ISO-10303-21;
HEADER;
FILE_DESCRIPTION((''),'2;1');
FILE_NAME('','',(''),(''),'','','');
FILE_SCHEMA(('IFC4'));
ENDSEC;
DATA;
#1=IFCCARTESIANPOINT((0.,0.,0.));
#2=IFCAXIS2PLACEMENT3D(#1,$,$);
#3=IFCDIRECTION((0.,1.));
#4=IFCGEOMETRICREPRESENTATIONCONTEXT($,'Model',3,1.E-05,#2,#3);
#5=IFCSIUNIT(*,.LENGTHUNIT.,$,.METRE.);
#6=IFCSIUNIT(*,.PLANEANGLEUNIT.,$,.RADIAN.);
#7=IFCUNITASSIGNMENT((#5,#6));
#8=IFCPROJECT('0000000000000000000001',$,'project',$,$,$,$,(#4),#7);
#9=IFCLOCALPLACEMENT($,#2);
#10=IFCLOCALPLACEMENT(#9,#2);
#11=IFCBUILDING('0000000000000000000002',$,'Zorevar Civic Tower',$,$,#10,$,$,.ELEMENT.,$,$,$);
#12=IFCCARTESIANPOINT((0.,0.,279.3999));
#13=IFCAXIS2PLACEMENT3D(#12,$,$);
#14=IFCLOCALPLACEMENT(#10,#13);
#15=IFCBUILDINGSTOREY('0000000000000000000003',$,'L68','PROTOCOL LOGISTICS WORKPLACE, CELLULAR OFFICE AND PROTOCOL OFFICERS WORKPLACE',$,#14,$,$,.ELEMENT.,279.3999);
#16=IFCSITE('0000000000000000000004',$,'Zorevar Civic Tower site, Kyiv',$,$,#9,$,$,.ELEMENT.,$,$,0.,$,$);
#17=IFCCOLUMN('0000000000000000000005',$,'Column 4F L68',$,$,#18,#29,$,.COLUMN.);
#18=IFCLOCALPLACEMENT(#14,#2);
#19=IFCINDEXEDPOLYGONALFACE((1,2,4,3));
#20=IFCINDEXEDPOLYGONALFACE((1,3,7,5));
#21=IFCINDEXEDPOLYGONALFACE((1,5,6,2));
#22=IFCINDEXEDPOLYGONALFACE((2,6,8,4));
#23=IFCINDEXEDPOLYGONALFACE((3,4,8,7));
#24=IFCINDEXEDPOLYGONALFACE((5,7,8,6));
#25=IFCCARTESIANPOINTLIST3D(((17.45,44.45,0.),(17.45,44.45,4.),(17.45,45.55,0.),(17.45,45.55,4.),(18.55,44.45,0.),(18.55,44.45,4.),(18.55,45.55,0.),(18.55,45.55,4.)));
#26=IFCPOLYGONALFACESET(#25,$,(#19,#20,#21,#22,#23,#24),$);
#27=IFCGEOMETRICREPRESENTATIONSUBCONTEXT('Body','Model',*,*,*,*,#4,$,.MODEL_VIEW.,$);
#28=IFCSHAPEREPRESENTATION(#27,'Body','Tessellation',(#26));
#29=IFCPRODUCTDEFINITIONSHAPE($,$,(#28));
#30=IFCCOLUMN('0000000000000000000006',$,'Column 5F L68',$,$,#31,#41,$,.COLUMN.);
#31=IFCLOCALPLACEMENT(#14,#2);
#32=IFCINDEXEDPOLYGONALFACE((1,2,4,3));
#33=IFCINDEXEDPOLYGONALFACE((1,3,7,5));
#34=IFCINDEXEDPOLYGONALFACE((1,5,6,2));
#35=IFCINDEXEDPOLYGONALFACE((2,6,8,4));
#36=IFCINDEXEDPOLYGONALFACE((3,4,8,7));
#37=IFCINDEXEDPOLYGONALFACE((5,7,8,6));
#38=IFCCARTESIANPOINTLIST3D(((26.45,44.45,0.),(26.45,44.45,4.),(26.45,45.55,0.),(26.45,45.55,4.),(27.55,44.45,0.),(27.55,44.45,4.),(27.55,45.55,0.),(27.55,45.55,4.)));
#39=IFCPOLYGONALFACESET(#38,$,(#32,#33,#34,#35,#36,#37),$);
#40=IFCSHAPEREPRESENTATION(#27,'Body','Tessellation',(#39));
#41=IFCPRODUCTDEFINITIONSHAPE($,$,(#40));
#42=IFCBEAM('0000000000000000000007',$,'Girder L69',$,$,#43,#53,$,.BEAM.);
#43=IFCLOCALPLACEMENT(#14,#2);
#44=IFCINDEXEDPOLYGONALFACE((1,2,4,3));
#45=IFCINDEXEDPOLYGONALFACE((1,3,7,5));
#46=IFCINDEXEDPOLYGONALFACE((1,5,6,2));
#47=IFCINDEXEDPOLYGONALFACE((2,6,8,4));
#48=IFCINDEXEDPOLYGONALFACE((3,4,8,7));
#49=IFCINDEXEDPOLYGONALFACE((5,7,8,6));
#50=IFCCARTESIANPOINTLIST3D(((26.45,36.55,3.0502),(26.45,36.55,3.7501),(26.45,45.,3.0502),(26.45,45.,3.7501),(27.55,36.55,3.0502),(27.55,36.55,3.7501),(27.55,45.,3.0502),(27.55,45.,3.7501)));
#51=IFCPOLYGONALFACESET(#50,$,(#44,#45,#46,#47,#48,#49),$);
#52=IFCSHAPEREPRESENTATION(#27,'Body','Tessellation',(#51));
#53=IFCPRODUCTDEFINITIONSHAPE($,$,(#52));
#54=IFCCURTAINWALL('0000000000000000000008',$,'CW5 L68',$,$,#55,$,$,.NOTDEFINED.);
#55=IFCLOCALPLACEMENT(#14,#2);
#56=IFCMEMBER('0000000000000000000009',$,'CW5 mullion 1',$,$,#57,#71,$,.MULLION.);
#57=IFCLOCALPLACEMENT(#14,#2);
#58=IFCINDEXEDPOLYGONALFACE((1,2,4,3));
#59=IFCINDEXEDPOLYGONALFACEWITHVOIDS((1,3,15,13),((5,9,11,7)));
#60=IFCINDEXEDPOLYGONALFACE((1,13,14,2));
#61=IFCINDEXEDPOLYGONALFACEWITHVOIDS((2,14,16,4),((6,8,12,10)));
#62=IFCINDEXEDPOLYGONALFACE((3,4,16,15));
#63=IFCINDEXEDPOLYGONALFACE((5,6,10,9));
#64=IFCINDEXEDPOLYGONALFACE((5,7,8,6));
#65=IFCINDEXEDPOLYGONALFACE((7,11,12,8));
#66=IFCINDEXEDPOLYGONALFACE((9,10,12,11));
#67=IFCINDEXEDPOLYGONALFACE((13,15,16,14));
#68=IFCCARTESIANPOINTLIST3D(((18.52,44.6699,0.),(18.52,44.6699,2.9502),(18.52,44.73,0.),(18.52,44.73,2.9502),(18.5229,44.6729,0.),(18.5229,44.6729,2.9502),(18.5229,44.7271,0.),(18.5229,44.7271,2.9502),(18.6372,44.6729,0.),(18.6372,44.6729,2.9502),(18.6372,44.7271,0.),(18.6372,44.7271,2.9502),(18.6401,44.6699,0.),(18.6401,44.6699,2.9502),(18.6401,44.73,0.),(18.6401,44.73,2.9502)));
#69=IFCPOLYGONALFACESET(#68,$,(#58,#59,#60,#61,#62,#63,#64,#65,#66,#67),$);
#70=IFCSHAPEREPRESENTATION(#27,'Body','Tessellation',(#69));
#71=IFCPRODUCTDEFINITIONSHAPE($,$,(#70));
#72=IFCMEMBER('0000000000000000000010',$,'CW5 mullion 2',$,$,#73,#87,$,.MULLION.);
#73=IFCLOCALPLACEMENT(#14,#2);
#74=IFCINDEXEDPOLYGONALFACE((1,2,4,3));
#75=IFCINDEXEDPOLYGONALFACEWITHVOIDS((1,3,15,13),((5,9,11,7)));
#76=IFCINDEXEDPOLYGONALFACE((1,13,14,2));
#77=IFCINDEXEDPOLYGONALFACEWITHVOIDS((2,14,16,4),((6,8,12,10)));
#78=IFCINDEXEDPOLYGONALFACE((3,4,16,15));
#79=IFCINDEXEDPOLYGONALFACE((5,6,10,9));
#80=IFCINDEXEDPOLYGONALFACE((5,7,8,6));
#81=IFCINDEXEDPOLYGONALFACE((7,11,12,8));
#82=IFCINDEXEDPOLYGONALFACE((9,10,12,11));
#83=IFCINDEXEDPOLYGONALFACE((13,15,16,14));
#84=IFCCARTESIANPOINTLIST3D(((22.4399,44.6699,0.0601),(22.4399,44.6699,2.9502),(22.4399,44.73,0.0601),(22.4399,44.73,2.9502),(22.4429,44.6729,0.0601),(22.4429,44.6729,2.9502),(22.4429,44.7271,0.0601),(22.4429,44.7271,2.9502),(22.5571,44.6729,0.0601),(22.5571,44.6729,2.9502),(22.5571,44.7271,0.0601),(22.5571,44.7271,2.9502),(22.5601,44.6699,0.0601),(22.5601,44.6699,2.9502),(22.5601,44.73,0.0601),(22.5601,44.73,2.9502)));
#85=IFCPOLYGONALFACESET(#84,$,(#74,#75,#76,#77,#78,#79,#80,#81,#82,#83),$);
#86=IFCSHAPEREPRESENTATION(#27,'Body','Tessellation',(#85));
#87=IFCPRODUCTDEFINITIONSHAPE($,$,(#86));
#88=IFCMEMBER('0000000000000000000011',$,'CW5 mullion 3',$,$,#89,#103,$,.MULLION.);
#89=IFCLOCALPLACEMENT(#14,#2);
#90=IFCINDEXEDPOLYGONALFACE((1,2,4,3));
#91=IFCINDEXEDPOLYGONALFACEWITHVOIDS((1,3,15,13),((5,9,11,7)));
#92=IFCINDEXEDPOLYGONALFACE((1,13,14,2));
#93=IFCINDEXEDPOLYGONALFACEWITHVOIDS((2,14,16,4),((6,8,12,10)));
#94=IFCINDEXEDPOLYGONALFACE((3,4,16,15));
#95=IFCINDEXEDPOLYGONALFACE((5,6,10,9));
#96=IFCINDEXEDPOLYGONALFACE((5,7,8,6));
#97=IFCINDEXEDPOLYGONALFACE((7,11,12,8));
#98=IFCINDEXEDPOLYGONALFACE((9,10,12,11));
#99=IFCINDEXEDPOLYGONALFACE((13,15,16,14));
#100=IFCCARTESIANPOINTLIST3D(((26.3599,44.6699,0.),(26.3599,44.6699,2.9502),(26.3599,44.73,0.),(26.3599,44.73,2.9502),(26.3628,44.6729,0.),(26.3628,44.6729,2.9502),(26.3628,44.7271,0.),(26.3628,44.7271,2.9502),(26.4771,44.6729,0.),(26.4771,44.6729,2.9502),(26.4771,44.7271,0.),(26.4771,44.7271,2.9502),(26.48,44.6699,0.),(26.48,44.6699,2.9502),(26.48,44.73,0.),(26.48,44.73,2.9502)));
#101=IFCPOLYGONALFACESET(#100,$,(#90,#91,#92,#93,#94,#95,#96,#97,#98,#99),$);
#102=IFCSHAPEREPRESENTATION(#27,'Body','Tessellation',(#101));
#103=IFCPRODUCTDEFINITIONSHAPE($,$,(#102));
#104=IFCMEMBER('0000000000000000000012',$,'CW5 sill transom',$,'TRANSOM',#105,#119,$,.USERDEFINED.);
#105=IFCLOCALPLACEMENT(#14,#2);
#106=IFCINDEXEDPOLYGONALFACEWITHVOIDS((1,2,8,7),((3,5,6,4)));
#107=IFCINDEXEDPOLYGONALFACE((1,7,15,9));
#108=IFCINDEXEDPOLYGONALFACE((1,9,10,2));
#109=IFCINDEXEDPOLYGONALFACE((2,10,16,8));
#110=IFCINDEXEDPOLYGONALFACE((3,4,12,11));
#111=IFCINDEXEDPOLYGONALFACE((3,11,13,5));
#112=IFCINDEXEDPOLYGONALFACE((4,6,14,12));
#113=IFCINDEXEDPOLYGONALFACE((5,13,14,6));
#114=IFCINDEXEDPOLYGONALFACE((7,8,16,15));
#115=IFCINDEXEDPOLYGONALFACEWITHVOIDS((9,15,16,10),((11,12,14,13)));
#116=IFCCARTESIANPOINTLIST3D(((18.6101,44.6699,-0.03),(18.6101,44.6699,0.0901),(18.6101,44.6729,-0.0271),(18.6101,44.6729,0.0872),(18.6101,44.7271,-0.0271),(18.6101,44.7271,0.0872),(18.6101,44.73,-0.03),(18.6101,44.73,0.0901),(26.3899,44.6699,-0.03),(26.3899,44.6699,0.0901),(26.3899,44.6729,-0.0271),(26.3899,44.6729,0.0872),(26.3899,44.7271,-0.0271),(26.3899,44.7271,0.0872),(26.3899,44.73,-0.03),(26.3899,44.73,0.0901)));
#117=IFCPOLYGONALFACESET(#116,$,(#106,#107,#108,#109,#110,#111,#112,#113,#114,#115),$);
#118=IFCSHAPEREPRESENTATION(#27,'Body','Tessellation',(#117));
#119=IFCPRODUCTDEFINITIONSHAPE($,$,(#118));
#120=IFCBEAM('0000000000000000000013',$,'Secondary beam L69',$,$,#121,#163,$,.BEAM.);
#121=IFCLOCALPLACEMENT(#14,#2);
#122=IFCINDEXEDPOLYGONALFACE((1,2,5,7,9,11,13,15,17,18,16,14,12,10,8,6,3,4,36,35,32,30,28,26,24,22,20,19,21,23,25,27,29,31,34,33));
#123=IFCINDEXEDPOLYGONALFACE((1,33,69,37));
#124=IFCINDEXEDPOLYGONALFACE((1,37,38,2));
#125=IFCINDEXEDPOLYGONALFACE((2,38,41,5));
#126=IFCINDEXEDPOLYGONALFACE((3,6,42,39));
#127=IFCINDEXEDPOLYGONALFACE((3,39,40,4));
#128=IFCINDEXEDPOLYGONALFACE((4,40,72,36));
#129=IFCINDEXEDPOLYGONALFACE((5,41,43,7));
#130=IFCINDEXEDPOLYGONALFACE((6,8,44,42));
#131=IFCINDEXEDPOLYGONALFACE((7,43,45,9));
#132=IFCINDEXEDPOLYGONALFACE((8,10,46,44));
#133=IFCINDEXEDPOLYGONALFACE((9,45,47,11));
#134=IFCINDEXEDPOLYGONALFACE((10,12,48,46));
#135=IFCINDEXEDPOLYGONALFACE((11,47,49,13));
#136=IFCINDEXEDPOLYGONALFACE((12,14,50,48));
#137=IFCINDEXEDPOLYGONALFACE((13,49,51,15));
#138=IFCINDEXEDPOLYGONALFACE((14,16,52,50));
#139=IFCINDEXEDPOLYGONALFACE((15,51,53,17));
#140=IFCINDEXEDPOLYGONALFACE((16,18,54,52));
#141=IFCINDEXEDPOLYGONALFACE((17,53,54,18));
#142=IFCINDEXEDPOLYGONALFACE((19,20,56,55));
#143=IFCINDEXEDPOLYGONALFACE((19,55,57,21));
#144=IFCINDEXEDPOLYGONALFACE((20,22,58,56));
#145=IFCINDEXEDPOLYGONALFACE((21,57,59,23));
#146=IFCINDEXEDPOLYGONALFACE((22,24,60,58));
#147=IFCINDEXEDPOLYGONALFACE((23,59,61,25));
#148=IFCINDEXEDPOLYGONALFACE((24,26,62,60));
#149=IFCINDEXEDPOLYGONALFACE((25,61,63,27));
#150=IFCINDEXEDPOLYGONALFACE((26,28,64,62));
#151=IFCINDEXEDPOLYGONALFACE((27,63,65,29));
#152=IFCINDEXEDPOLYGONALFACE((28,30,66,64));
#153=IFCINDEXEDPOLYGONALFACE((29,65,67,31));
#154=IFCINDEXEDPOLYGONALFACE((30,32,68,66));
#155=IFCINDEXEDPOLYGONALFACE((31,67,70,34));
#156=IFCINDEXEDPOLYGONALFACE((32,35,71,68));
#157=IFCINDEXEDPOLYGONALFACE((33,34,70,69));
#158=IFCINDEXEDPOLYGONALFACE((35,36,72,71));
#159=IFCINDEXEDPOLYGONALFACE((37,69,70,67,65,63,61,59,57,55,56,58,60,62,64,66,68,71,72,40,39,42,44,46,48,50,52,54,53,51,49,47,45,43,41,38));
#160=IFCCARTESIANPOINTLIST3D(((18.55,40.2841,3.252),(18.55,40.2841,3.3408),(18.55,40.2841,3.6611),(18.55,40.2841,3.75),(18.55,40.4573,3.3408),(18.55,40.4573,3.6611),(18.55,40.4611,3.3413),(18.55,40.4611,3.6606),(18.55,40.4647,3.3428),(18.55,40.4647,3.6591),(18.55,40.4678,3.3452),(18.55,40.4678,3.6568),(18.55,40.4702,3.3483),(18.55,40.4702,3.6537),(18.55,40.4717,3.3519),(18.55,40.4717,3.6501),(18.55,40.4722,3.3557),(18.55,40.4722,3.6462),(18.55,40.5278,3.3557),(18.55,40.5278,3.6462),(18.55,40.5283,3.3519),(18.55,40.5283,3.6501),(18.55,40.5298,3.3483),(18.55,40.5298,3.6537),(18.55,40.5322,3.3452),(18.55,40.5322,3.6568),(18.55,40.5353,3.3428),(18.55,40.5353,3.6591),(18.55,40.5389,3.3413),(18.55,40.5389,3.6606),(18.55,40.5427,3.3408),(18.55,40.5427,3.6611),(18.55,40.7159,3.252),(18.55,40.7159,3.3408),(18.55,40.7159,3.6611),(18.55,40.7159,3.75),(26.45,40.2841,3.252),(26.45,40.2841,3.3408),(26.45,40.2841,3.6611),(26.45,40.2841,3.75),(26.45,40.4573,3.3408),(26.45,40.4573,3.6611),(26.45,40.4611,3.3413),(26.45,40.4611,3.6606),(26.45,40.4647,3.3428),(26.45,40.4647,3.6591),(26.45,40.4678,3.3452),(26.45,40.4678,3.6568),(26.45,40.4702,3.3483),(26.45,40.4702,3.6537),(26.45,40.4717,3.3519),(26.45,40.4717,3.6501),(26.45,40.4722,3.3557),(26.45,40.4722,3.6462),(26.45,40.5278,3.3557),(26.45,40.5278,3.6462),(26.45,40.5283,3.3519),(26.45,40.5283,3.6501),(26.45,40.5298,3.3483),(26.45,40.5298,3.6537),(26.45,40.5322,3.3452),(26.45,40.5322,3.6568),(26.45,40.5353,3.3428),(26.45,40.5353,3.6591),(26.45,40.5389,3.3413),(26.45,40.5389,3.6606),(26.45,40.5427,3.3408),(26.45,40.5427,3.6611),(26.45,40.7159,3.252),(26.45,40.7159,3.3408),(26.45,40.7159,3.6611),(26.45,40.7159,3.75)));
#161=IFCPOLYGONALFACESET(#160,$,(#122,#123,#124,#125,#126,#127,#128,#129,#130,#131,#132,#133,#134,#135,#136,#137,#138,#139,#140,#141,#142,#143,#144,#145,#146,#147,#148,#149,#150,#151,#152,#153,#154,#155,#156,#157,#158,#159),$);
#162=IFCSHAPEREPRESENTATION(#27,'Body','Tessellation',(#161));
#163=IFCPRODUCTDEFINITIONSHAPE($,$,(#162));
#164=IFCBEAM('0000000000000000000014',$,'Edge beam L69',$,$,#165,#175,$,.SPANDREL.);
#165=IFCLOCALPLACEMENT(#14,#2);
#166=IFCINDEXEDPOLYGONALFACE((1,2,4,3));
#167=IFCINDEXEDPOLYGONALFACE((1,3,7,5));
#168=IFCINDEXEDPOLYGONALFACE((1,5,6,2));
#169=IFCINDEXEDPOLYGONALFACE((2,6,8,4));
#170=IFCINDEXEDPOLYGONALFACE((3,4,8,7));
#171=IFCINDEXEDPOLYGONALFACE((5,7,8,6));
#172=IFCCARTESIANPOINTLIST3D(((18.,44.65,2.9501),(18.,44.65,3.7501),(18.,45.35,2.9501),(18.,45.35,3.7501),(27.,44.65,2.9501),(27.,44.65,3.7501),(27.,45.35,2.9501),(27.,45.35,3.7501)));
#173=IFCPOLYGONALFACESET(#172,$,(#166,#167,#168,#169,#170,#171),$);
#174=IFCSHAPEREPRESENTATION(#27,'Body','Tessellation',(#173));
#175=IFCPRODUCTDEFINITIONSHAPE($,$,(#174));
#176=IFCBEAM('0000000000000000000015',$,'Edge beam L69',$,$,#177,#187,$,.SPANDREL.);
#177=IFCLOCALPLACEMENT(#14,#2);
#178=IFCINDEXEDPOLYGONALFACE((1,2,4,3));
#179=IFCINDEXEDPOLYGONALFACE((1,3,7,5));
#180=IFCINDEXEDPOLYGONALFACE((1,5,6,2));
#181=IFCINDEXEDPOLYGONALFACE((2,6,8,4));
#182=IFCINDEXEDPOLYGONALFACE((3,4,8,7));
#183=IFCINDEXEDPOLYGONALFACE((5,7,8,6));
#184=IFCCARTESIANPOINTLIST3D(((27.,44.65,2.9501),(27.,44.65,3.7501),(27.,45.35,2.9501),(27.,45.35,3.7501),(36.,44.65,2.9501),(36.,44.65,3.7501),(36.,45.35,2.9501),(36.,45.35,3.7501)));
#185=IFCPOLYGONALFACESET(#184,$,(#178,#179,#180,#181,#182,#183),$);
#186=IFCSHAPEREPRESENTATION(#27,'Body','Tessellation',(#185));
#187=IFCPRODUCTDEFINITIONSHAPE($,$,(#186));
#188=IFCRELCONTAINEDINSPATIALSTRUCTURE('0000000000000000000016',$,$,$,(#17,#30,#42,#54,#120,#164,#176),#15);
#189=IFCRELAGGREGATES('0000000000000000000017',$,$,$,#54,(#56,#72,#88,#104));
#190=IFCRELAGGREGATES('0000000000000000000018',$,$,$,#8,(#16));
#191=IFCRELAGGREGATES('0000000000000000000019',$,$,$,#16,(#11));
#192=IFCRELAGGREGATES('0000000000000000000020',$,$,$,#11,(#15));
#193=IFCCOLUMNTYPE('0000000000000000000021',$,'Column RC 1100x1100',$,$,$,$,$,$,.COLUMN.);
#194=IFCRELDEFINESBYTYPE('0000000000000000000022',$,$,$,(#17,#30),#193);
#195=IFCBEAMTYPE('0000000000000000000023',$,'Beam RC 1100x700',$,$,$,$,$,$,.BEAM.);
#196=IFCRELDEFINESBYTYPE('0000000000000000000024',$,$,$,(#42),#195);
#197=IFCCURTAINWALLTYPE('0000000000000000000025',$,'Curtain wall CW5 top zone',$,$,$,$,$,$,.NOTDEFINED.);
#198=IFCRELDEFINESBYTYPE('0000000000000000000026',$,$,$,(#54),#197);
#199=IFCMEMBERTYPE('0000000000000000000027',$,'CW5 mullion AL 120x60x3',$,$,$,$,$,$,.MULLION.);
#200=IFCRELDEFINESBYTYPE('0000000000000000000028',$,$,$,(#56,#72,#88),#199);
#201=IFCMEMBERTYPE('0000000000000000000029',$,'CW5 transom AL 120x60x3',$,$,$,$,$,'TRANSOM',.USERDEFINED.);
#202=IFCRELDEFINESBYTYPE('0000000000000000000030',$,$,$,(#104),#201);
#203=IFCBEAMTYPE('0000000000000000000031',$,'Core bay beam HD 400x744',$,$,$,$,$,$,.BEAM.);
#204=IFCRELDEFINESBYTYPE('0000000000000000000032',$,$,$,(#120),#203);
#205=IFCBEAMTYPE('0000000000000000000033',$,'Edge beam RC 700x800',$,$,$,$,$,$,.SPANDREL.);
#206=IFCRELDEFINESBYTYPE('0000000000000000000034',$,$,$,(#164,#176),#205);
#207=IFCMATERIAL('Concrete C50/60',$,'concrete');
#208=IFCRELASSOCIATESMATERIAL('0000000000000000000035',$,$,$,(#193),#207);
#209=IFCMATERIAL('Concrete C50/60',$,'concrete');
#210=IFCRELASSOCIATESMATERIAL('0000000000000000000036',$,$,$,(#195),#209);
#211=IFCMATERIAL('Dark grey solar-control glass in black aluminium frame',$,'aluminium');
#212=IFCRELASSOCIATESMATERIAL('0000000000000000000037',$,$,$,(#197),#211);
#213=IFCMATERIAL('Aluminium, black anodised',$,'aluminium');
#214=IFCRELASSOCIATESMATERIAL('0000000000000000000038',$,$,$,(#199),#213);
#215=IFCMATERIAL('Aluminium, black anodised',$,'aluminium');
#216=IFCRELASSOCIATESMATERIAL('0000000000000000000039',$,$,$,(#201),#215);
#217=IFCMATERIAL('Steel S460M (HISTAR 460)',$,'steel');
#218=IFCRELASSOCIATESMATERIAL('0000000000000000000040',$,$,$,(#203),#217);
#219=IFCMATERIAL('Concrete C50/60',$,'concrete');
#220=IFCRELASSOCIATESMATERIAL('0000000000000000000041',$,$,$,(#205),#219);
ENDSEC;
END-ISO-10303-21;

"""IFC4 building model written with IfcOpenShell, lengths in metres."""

from ifc_helpers import new_model, si_unit, direction, frame, origin, origin_2d, place, context, subcontext, project, spatial, rectangle, hollow_rectangle, i_section, extrude, material, material_profile, profile_set, type_object, element, aggregate, save


model = new_model("IFC4")

# Units and contexts
model_context = context("Model", 3, precision=1e-05, world=origin(), true_north=direction((0.0, 1.0)))
body_context = subcontext(model_context, "Body", "Model", "MODEL_VIEW")
ifc_project = project(units=[si_unit("LENGTHUNIT", "METRE"), si_unit("PLANEANGLEUNIT", "RADIAN")], contexts=[model_context])

# Site, building, storey
site_placement = place(None, origin())
site = spatial("IfcSite", under=ifc_project, at=site_placement, Name="Zorevar Civic Tower site, Kyiv", CompositionType="ELEMENT", RefElevation=0.0)
building_placement = place(site_placement, origin())
building = spatial("IfcBuilding", under=site, at=building_placement, Name="Zorevar Civic Tower", CompositionType="ELEMENT")
storey_placement = place(building_placement, frame((0.0, 0.0, 279.3999)))
storey = spatial("IfcBuildingStorey", under=building, at=storey_placement, Name="L68", Description="PROTOCOL LOGISTICS WORKPLACE, CELLULAR OFFICE AND PROTOCOL OFFICERS WORKPLACE", CompositionType="ELEMENT", Elevation=279.3999)

# Columns
ifc_material_1 = material(Name="Concrete C50/60", Category="concrete")
ifc_material_profile_1 = material_profile(ifc_material_1, rectangle(XDim=1.1001, YDim=1.1001, at=origin_2d()), Name="RC 1100x1100")
ifc_profile_set_1 = profile_set([ifc_material_profile_1], Name="Concrete C50/60")
column_type = type_object("IfcColumnType", Name="Column RC 1100x1100", PredefinedType="COLUMN", material=ifc_profile_set_1)
for number, where, z_axis, x_axis, name in (
    (1, (18.0, 45.0, 0.0), (0.0, 0.0, 1.0), (1.0, 0.0, 0.0), "Column 4F L68"),
    (2, (27.0, 45.0, 0.0), (0.0, 0.0, 1.0), (1.0, 0.0, 0.0), "Column 5F L68"),
):
    element("IfcColumn", number, at=place(storey_placement, frame(where, z_axis=z_axis, x_axis=x_axis)), inside=storey, type_object=column_type, Name=name, PredefinedType="COLUMN", context=body_context, shape_type="SweptSolid", body=[
        extrude(rectangle(XDim=1.1001, YDim=1.1001, at=origin_2d()), origin(), (0.0, 0.0, 1.0), 4.0),
    ])

# Beam
ifc_material_2 = material(Name="Concrete C50/60", Category="concrete")
ifc_material_profile_2 = material_profile(ifc_material_2, rectangle(XDim=1.1001, YDim=0.7, at=origin_2d()), Name="RC 1100x700")
ifc_profile_set_2 = profile_set([ifc_material_profile_2], Name="Concrete C50/60")
beam_type_1 = type_object("IfcBeamType", Name="Beam RC 1100x700", PredefinedType="BEAM", material=ifc_profile_set_2)
beam_1_placement = place(storey_placement, frame((27.0, 36.55, 3.4001), z_axis=(0.0, 1.0, 0.0), x_axis=(-1.0, 0.0, 0.0)))
element("IfcBeam", 3, at=beam_1_placement, inside=storey, type_object=beam_type_1, Name="Girder L69", PredefinedType="BEAM", context=body_context, shape_type="SweptSolid", body=[
    extrude(rectangle(XDim=1.1001, YDim=0.7, at=origin_2d()), origin(), (0.0, 0.0, 1.0), 8.45),
])

# Curtain wall, members
ifc_material_3 = material(Name="Dark grey solar-control glass in black aluminium frame", Category="aluminium")
curtain_wall_type = type_object("IfcCurtainWallType", Name="Curtain wall CW5 top zone", PredefinedType="NOTDEFINED", material=ifc_material_3)
curtain_wall_placement = place(storey_placement, origin())
curtain_wall = element("IfcCurtainWall", 4, at=curtain_wall_placement, inside=storey, type_object=curtain_wall_type, Name="CW5 L68", PredefinedType="NOTDEFINED")
ifc_material_4 = material(Name="Aluminium, black anodised", Category="aluminium")
ifc_material_profile_3 = material_profile(ifc_material_4, hollow_rectangle(XDim=0.0601, YDim=0.1201, WallThickness=0.0029, at=origin_2d()), Name="AL 120x60x3")
ifc_profile_set_3 = profile_set([ifc_material_profile_3], Name="Aluminium, black anodised")
member_type_1 = type_object("IfcMemberType", Name="CW5 mullion AL 120x60x3", PredefinedType="MULLION", material=ifc_profile_set_3)
member_1_placement = place(storey_placement, frame((18.5801, 44.7, 0.0), z_axis=(0.0, 0.0, 1.0), x_axis=(0.0, 1.0, 0.0)))
member_1 = element("IfcMember", 5, at=member_1_placement, type_object=member_type_1, Name="CW5 mullion 1", PredefinedType="MULLION", context=body_context, shape_type="SweptSolid", body=[
    extrude(hollow_rectangle(XDim=0.0601, YDim=0.1201, WallThickness=0.0029, at=origin_2d()), origin(), (0.0, 0.0, 1.0), 2.9502),
])
member_2_placement = place(storey_placement, frame((22.5, 44.7, 0.0601), z_axis=(0.0, 0.0, 1.0), x_axis=(0.0, 1.0, 0.0)))
member_2 = element("IfcMember", 6, at=member_2_placement, type_object=member_type_1, Name="CW5 mullion 2", PredefinedType="MULLION", context=body_context, shape_type="SweptSolid", body=[
    extrude(hollow_rectangle(XDim=0.0601, YDim=0.1201, WallThickness=0.0029, at=origin_2d()), origin(), (0.0, 0.0, 1.0), 2.8901),
])
member_3_placement = place(storey_placement, frame((26.4199, 44.7, 0.0), z_axis=(0.0, 0.0, 1.0), x_axis=(0.0, 1.0, 0.0)))
member_3 = element("IfcMember", 7, at=member_3_placement, type_object=member_type_1, Name="CW5 mullion 3", PredefinedType="MULLION", context=body_context, shape_type="SweptSolid", body=[
    extrude(hollow_rectangle(XDim=0.0601, YDim=0.1201, WallThickness=0.0029, at=origin_2d()), origin(), (0.0, 0.0, 1.0), 2.9502),
])
ifc_material_5 = material(Name="Aluminium, black anodised", Category="aluminium")
ifc_material_profile_4 = material_profile(ifc_material_5, hollow_rectangle(XDim=0.0601, YDim=0.1201, WallThickness=0.0029, at=origin_2d()), Name="AL 120x60x3")
ifc_profile_set_4 = profile_set([ifc_material_profile_4], Name="Aluminium, black anodised")
member_type_2 = type_object("IfcMemberType", Name="CW5 transom AL 120x60x3", ElementType="TRANSOM", PredefinedType="USERDEFINED", material=ifc_profile_set_4)
member_4_placement = place(storey_placement, frame((18.6101, 44.7, 0.03), z_axis=(1.0, 0.0, 0.0), x_axis=(0.0, 1.0, 0.0)))
member_4 = element("IfcMember", 8, at=member_4_placement, type_object=member_type_2, Name="CW5 sill transom", ObjectType="TRANSOM", PredefinedType="USERDEFINED", context=body_context, shape_type="SweptSolid", body=[
    extrude(hollow_rectangle(XDim=0.0601, YDim=0.1201, WallThickness=0.0029, at=origin_2d()), origin(), (0.0, 0.0, 1.0), 7.7798),
])

# Beams
ifc_material_6 = material(Name="Steel S460M (HISTAR 460)", Category="steel")
ifc_material_profile_5 = material_profile(ifc_material_6, i_section(OverallWidth=0.4319, OverallDepth=0.498, WebThickness=0.0557, FlangeThickness=0.0889, FilletRadius=0.0149, at=origin_2d()), Name="HD 400x744")
ifc_profile_set_5 = profile_set([ifc_material_profile_5], Name="Steel S460M (HISTAR 460)")
beam_type_2 = type_object("IfcBeamType", Name="Core bay beam HD 400x744", PredefinedType="BEAM", material=ifc_profile_set_5)
beam_2_placement = place(storey_placement, frame((18.55, 40.5, 3.501), z_axis=(1.0, 0.0, 0.0), x_axis=(0.0, 1.0, 0.0)))
element("IfcBeam", 9, at=beam_2_placement, inside=storey, type_object=beam_type_2, Name="Secondary beam L69", PredefinedType="BEAM", context=body_context, shape_type="SweptSolid", body=[
    extrude(i_section(OverallWidth=0.4319, OverallDepth=0.498, WebThickness=0.0557, FlangeThickness=0.0889, FilletRadius=0.0149, at=origin_2d()), origin(), (0.0, 0.0, 1.0), 7.8999),
])
ifc_material_7 = material(Name="Concrete C50/60", Category="concrete")
ifc_material_profile_6 = material_profile(ifc_material_7, rectangle(XDim=0.7, YDim=0.8, at=origin_2d()), Name="RC 700x800")
ifc_profile_set_6 = profile_set([ifc_material_profile_6], Name="Concrete C50/60")
beam_type_3 = type_object("IfcBeamType", Name="Edge beam RC 700x800", PredefinedType="SPANDREL", material=ifc_profile_set_6)
for number, where, z_axis, x_axis, name in (
    (10, (18.0, 45.0, 3.3501), (1.0, 0.0, 0.0), (0.0, 1.0, 0.0), "Edge beam L69"),
    (11, (27.0, 45.0, 3.3501), (1.0, 0.0, 0.0), (0.0, 1.0, 0.0), "Edge beam L69"),
):
    element("IfcBeam", number, at=place(storey_placement, frame(where, z_axis=z_axis, x_axis=x_axis)), inside=storey, type_object=beam_type_3, Name=name, PredefinedType="SPANDREL", context=body_context, shape_type="SweptSolid", body=[
        extrude(rectangle(XDim=0.7, YDim=0.8, at=origin_2d()), origin(), (0.0, 0.0, 1.0), 9.0),
    ])

aggregate(curtain_wall, [member_1, member_2, member_3, member_4])

save(model, "model.ifc")
